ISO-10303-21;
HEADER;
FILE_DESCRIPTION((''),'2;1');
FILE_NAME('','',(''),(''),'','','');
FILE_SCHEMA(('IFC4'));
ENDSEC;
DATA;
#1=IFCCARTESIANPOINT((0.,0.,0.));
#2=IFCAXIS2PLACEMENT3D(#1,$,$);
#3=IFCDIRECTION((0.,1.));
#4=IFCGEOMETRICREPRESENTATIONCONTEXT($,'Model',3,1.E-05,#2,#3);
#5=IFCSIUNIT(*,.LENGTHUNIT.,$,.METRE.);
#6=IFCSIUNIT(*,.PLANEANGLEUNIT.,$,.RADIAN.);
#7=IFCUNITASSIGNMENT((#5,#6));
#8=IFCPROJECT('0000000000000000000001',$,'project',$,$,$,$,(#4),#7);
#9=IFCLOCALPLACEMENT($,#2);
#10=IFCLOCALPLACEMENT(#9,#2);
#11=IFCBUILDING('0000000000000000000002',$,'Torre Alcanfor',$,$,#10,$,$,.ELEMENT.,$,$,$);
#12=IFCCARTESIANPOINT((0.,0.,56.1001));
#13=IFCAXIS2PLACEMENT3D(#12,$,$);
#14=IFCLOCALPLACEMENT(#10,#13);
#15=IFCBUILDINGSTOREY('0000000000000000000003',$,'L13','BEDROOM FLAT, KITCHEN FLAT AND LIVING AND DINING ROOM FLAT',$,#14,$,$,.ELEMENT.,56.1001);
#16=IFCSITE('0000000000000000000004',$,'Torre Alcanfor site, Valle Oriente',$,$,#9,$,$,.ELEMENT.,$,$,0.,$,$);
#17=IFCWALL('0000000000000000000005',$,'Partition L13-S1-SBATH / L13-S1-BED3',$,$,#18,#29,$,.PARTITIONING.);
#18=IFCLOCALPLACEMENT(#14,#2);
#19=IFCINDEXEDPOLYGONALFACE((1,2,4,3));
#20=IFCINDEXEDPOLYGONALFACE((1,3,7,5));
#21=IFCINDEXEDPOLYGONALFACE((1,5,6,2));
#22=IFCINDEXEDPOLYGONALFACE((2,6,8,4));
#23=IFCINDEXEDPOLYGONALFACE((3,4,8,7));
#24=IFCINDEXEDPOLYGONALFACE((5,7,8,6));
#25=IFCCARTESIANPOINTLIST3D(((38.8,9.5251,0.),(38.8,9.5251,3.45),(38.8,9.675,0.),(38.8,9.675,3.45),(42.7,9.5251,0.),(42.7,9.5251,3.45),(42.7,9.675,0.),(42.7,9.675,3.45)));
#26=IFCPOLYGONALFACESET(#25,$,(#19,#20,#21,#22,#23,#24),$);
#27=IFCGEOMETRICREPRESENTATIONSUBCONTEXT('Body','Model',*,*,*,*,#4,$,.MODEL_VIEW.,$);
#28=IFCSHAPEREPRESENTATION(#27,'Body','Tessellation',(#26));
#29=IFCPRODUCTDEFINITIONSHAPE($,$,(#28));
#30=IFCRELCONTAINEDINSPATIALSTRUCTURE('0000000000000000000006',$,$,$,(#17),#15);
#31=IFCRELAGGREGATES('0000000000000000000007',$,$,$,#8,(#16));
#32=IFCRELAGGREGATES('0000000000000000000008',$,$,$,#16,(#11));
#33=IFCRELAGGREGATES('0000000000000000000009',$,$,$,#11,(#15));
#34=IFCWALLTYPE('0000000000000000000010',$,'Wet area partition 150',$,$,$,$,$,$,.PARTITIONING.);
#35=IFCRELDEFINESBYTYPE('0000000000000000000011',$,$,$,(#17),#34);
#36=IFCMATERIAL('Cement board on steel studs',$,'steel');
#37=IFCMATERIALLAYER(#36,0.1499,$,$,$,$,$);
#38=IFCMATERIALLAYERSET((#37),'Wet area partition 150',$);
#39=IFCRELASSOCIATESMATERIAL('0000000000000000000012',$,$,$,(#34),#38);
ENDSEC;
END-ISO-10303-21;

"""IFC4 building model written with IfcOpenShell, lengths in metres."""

from ifc_helpers import new_model, si_unit, direction, frame, frame_2d, origin, place, context, subcontext, project, spatial, rectangle, extrude, material, layer, layer_set, type_object, element, save


model = new_model("IFC4")

# Units and contexts
model_context = context("Model", 3, precision=1e-05, world=origin(), true_north=direction((0.0, 1.0)))
body_context = subcontext(model_context, "Body", "Model", "MODEL_VIEW")
ifc_project = project(units=[si_unit("LENGTHUNIT", "METRE"), si_unit("PLANEANGLEUNIT", "RADIAN")], contexts=[model_context])

# Site, building, storey
site_placement = place(None, origin())
site = spatial("IfcSite", under=ifc_project, at=site_placement, Name="Torre Alcanfor site, Valle Oriente", CompositionType="ELEMENT", RefElevation=0.0)
building_placement = place(site_placement, origin())
building = spatial("IfcBuilding", under=site, at=building_placement, Name="Torre Alcanfor", CompositionType="ELEMENT")
storey_placement = place(building_placement, frame((0.0, 0.0, 56.1001)))
storey = spatial("IfcBuildingStorey", under=building, at=storey_placement, Name="L13", Description="BEDROOM FLAT, KITCHEN FLAT AND LIVING AND DINING ROOM FLAT", CompositionType="ELEMENT", Elevation=56.1001)

# Shared definitions
ifc_material_1 = material(Name="Cement board on steel studs", Category="steel")
ifc_layer_1 = layer(ifc_material_1, 0.1499)
ifc_layer_set_1 = layer_set([ifc_layer_1], Name="Wet area partition 150")
wall_type_1 = type_object("IfcWallType", Name="Wet area partition 150", PredefinedType="PARTITIONING", material=ifc_layer_set_1)

# Wall
wall_1_placement = place(storey_placement, frame((38.8, 9.6001, 0.0), z_axis=(0.0, 0.0, 1.0), x_axis=(1.0, 0.0, 0.0)))
element("IfcWall", 1, at=wall_1_placement, inside=storey, type_object=wall_type_1, Name="Partition L13-S1-SBATH / L13-S1-BED3", PredefinedType="PARTITIONING", context=body_context, shape_type="SweptSolid", body=[
    extrude(rectangle(XDim=3.8999, YDim=0.1499, at=frame_2d((1.95, 0.0))), origin(), (0.0, 0.0, 1.0), 3.45),
])

save(model, "model.ifc")
